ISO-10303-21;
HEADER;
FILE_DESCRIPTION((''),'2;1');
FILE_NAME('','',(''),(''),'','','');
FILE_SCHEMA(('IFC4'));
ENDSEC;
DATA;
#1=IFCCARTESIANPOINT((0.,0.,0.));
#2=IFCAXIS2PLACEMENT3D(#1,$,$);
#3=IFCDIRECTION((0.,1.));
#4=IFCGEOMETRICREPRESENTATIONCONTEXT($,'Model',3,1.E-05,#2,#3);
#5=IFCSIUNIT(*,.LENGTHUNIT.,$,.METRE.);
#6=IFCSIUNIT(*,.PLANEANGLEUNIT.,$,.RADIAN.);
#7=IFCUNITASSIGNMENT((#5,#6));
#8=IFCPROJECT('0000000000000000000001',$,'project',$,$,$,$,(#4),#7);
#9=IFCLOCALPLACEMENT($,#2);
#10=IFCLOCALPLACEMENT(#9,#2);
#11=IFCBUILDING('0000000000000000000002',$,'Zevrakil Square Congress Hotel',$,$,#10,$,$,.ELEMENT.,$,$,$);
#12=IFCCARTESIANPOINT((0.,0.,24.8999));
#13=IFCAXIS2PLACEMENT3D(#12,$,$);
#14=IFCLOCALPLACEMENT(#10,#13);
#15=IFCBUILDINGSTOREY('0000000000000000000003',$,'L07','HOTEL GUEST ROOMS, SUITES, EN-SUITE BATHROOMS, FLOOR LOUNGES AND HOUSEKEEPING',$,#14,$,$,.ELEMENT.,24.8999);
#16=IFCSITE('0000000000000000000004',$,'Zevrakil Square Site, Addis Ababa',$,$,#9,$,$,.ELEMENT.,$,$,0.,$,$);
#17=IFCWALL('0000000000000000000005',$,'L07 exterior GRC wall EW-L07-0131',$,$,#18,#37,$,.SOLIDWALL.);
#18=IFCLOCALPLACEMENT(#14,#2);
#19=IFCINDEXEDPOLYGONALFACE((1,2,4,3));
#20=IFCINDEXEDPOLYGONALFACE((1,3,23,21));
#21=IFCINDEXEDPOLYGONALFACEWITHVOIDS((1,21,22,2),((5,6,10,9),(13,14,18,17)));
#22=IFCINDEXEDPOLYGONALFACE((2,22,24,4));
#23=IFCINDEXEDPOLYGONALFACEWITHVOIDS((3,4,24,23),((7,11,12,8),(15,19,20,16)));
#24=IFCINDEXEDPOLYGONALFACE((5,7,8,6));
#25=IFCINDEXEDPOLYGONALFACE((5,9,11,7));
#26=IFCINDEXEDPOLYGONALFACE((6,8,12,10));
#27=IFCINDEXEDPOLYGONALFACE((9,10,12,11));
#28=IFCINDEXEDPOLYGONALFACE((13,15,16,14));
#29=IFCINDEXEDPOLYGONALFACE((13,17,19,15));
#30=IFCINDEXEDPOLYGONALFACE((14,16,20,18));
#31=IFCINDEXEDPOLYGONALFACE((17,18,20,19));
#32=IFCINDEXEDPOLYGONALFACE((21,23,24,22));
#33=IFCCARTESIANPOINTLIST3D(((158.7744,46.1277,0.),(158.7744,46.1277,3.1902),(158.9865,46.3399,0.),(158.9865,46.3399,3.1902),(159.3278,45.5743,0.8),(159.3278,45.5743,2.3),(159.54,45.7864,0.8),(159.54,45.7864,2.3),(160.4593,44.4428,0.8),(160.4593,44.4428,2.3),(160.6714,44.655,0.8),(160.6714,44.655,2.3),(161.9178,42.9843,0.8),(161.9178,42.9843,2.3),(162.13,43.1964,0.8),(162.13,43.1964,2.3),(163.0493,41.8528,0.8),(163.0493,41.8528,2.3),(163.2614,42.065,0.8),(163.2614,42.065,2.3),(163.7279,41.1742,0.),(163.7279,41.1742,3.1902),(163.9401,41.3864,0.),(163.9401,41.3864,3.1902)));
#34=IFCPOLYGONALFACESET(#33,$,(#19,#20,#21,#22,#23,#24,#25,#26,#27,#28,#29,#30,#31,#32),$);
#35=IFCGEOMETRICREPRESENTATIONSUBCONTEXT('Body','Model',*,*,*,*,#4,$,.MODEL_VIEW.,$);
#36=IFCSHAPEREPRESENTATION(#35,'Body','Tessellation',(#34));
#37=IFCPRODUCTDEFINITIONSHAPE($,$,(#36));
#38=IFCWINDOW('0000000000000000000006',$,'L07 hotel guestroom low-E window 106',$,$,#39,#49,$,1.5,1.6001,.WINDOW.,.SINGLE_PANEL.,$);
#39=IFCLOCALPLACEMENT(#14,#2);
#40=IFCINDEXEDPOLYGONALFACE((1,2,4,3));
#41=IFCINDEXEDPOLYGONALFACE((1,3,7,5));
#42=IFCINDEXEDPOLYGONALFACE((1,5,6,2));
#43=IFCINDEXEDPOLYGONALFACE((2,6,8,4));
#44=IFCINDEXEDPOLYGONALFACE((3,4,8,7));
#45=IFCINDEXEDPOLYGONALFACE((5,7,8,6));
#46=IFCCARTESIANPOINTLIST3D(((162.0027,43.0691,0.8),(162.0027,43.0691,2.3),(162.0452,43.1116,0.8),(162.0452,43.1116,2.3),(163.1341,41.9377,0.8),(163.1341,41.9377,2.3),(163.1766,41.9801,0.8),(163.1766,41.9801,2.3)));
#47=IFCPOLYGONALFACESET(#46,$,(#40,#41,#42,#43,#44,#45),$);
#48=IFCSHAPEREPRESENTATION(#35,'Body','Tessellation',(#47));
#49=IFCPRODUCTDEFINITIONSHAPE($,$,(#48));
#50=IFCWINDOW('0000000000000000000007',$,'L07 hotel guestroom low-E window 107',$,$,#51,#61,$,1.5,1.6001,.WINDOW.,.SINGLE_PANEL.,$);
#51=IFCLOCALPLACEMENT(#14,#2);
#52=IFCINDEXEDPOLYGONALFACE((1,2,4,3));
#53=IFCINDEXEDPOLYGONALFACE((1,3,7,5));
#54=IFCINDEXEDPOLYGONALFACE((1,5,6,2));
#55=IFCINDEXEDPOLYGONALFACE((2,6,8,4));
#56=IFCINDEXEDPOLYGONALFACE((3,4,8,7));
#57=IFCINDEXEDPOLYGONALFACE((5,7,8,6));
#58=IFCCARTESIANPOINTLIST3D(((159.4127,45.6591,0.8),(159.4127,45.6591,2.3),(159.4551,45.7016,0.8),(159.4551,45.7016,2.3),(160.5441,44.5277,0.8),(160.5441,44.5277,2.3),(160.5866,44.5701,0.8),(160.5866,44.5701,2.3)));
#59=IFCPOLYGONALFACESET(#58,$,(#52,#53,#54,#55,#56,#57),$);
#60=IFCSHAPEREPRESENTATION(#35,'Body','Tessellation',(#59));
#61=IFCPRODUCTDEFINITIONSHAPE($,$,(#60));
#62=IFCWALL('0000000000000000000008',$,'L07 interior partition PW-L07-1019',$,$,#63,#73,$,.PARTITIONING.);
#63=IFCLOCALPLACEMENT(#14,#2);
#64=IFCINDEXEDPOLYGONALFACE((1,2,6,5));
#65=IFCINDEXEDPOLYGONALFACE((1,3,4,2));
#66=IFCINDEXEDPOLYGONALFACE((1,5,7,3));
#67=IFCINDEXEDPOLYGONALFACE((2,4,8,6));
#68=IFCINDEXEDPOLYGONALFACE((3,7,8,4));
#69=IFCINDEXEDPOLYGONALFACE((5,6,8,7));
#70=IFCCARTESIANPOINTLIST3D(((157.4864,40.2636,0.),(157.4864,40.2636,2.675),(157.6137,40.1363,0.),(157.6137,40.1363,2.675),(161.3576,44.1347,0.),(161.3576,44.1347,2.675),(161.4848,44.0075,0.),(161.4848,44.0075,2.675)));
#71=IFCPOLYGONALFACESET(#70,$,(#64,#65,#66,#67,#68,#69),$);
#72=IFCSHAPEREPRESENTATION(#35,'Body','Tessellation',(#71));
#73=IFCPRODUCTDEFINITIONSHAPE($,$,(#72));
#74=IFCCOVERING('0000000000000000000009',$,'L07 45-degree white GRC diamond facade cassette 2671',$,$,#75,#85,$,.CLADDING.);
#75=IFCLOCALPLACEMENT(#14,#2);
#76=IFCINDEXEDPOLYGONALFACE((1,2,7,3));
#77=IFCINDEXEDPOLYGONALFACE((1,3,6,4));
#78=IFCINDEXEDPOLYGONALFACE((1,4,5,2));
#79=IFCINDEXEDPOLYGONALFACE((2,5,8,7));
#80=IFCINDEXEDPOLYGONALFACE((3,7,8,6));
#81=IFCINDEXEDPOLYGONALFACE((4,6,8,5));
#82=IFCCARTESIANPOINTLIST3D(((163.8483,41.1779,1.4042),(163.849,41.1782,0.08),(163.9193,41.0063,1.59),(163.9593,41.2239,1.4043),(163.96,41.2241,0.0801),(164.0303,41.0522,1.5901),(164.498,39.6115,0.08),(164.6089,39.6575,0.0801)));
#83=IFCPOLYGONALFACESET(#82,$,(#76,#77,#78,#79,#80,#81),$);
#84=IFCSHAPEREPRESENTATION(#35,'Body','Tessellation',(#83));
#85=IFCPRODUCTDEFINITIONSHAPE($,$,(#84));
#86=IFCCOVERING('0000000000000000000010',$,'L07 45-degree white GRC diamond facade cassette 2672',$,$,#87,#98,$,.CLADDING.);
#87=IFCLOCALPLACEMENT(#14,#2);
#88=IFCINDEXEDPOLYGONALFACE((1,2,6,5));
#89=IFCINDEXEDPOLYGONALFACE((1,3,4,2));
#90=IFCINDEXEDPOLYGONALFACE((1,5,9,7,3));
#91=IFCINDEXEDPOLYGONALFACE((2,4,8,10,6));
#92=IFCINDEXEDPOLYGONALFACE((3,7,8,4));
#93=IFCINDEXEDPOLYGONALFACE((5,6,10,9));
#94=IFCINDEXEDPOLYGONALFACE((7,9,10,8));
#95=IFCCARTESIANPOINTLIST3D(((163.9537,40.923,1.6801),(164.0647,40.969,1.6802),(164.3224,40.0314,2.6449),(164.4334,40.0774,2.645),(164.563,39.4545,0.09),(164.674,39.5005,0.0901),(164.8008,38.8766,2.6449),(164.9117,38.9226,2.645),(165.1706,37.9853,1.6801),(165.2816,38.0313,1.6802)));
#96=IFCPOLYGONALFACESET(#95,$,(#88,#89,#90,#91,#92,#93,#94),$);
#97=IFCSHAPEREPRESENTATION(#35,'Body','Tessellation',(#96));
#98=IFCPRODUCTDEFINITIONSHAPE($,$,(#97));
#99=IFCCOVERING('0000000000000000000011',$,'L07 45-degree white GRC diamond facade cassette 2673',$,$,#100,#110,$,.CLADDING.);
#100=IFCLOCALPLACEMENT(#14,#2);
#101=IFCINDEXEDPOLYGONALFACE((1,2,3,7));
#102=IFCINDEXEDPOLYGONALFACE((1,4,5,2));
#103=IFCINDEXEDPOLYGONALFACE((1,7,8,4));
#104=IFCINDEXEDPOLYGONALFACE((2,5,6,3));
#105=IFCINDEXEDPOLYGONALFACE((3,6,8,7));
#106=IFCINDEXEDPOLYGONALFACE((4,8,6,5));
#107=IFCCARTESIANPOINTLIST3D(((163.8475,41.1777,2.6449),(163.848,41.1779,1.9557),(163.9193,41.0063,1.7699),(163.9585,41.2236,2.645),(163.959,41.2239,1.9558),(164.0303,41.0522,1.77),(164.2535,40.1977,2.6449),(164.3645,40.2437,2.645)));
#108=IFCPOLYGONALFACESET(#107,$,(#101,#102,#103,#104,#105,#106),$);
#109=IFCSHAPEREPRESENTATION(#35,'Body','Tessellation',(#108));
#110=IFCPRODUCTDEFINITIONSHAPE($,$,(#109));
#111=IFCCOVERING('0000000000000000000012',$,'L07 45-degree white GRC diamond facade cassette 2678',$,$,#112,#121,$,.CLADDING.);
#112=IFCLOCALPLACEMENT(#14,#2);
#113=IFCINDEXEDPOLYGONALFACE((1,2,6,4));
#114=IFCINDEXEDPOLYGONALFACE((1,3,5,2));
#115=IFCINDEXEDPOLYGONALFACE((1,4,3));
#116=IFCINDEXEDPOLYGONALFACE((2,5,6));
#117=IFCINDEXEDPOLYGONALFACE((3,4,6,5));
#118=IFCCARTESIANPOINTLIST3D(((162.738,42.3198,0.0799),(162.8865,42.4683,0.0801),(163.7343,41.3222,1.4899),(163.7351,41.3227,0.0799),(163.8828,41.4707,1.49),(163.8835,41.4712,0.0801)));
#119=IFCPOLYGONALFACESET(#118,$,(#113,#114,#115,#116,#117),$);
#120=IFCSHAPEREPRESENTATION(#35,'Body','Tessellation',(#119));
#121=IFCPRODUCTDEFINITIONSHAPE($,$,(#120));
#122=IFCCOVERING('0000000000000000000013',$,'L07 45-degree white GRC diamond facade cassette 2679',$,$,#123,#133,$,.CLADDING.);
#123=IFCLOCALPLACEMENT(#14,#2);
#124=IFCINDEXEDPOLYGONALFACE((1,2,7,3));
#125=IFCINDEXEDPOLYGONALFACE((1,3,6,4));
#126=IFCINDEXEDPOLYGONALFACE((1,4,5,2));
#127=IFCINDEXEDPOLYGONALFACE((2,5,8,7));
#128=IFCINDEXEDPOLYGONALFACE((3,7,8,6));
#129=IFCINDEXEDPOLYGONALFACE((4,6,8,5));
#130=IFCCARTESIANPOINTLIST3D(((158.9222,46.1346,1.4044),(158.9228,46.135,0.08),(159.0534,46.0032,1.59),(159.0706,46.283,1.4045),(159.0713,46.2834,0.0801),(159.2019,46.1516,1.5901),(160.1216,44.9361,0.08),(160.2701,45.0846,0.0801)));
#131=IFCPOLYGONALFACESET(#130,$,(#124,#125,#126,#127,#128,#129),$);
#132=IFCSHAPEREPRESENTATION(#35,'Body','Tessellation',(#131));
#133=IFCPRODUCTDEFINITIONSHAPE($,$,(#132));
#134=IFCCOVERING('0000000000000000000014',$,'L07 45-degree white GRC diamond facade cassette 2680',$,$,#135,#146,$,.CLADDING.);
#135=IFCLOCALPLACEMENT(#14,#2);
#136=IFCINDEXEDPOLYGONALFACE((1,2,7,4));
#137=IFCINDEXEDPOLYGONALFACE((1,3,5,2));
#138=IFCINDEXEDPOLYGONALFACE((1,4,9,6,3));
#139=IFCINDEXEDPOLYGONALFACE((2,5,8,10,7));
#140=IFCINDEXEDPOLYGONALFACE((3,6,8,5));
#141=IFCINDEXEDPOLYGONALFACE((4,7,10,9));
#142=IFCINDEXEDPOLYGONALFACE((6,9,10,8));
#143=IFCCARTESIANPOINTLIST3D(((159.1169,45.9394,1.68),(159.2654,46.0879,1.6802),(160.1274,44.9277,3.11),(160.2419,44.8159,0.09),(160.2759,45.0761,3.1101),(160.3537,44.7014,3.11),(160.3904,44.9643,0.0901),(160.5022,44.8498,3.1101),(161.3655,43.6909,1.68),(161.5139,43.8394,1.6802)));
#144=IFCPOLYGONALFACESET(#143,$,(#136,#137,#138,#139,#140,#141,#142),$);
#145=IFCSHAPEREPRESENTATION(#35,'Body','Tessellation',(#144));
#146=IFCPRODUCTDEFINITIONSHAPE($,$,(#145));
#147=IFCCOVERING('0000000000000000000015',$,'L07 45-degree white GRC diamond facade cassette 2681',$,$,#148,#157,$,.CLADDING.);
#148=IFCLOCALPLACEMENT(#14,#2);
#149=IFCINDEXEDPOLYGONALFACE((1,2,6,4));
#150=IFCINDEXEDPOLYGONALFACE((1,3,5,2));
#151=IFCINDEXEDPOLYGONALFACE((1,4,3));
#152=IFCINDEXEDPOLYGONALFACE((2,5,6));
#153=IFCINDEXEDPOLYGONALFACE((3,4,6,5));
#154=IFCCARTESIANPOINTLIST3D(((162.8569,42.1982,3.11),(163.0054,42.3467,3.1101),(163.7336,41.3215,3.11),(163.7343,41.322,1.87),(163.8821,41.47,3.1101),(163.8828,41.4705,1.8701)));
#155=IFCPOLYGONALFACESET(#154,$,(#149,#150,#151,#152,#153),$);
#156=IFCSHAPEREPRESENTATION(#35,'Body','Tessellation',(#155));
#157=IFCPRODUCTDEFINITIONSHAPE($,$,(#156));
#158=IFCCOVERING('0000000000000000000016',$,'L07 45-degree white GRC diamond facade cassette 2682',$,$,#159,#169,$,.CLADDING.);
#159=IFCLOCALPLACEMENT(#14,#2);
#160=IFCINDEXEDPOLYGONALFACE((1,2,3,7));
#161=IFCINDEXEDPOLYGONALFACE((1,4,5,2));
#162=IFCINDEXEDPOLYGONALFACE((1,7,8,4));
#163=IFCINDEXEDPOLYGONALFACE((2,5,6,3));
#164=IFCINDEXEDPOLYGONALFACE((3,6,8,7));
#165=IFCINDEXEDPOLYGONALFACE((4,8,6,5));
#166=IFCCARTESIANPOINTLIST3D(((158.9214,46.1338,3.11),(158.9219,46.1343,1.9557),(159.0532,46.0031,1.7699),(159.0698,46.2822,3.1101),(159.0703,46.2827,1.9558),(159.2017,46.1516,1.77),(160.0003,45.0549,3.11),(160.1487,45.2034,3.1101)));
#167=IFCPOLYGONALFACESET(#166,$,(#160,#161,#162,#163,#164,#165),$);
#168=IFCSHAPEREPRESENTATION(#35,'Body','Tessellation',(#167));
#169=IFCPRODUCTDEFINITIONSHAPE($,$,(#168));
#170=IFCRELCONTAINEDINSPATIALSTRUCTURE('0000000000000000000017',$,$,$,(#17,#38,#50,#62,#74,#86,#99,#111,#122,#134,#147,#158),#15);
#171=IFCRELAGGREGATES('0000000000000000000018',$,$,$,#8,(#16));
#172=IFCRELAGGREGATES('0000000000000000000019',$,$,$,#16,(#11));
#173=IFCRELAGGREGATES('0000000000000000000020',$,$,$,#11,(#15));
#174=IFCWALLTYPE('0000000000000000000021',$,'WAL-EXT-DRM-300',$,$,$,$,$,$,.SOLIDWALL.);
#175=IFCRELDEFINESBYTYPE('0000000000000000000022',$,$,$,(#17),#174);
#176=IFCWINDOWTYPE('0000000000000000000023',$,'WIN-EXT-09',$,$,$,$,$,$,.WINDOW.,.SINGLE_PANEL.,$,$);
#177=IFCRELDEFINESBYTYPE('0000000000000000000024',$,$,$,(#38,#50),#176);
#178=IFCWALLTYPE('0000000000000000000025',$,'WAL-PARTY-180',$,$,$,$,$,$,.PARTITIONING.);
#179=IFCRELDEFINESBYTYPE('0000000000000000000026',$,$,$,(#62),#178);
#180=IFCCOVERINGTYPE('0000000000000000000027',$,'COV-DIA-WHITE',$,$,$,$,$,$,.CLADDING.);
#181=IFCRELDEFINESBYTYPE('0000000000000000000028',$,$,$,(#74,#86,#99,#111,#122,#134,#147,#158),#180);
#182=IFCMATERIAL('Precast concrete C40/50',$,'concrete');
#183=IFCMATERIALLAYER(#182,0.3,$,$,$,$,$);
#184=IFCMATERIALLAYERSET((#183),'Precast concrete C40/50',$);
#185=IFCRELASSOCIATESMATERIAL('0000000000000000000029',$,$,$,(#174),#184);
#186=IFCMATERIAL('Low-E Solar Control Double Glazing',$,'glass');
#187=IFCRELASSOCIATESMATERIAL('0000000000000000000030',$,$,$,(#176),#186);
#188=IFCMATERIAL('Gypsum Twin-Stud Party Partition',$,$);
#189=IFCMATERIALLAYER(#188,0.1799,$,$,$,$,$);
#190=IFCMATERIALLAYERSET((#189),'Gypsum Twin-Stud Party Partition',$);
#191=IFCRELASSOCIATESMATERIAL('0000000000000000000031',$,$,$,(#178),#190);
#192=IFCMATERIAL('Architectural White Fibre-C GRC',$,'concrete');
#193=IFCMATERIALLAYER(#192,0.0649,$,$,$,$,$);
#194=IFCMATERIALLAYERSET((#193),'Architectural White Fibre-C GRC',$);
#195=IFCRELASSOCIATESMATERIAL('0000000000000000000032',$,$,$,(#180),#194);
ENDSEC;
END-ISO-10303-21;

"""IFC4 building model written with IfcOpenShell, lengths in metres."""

from ifc_helpers import new_model, si_unit, direction, frame, frame_2d, origin, place, context, subcontext, project, spatial, polyline, rectangle, outline, extrude, material, layer, layer_set, type_object, element, fill, save


model = new_model("IFC4")

# Units and contexts
model_context = context("Model", 3, precision=1e-05, world=origin(), true_north=direction((0.0, 1.0)))
body_context = subcontext(model_context, "Body", "Model", "MODEL_VIEW")
ifc_project = project(units=[si_unit("LENGTHUNIT", "METRE"), si_unit("PLANEANGLEUNIT", "RADIAN")], contexts=[model_context])

# Site, building, storey
site_placement = place(None, origin())
site = spatial("IfcSite", under=ifc_project, at=site_placement, Name="Zevrakil Square Site, Addis Ababa", CompositionType="ELEMENT", RefElevation=0.0)
building_placement = place(site_placement, origin())
building = spatial("IfcBuilding", under=site, at=building_placement, Name="Zevrakil Square Congress Hotel", CompositionType="ELEMENT")
storey_placement = place(building_placement, frame((0.0, 0.0, 24.8999)))
storey = spatial("IfcBuildingStorey", under=building, at=storey_placement, Name="L07", Description="HOTEL GUEST ROOMS, SUITES, EN-SUITE BATHROOMS, FLOOR LOUNGES AND HOUSEKEEPING", CompositionType="ELEMENT", Elevation=24.8999)

# Wall, openings, windows
ifc_material_1 = material(Name="Precast concrete C40/50", Category="concrete")
ifc_layer_1 = layer(ifc_material_1, 0.3)
ifc_layer_set_1 = layer_set([ifc_layer_1], Name="Precast concrete C40/50")
wall_type_1 = type_object("IfcWallType", Name="WAL-EXT-DRM-300", PredefinedType="SOLIDWALL", material=ifc_layer_set_1)
wall_1_placement = place(storey_placement, frame((163.834, 41.2803, 0.0), z_axis=(0.0, 0.0, 1.0), x_axis=(-0.707107, 0.707107, 0.0)))
wall_1 = element("IfcWall", 1, at=wall_1_placement, inside=storey, type_object=wall_type_1, Name="L07 exterior GRC wall EW-L07-0131", PredefinedType="SOLIDWALL", context=body_context, shape_type="SweptSolid", body=[
    extrude(rectangle(XDim=7.0054, YDim=0.3, at=frame_2d((3.5027, 0.0))), origin(), (0.0, 0.0, 1.0), 3.1902),
])
opening_1_placement = place(wall_1_placement, frame((0.9597, 0.0, 0.8)))
opening_1 = element("IfcOpeningElement", 2, at=opening_1_placement, cuts=wall_1, PredefinedType="OPENING", context=body_context, shape_type="SweptSolid", body=[
    extrude(rectangle(XDim=1.6001, YDim=1.5, at=frame_2d((0.8, 0.75))), frame((0.0, 0.1602, 0.0), z_axis=(0.0, -1.0, 0.0), x_axis=(1.0, 0.0, 0.0)), (0.0, 0.0, 1.0), 0.3201),
])
opening_2_placement = place(wall_1_placement, frame((4.6226, 0.0, 0.8)))
opening_2 = element("IfcOpeningElement", 3, at=opening_2_placement, cuts=wall_1, PredefinedType="OPENING", context=body_context, shape_type="SweptSolid", body=[
    extrude(rectangle(XDim=1.6001, YDim=1.5, at=frame_2d((0.8, 0.75))), frame((0.0, 0.1602, 0.0), z_axis=(0.0, -1.0, 0.0), x_axis=(1.0, 0.0, 0.0)), (0.0, 0.0, 1.0), 0.3201),
])
ifc_material_2 = material(Name="Low-E Solar Control Double Glazing", Category="glass")
window_type = type_object("IfcWindowType", Name="WIN-EXT-09", PartitioningType="SINGLE_PANEL", PredefinedType="WINDOW", material=ifc_material_2)
window_1_placement = place(opening_1_placement, origin())
window_1 = element("IfcWindow", 4, at=window_1_placement, inside=storey, type_object=window_type, Name="L07 hotel guestroom low-E window 106", OverallHeight=1.5, OverallWidth=1.6001, PartitioningType="SINGLE_PANEL", PredefinedType="WINDOW", context=body_context, shape_type="SweptSolid", body=[
    extrude(rectangle(XDim=1.6001, YDim=1.5, at=frame_2d((0.8, 0.75))), frame((0.0, 0.03, 0.0), z_axis=(0.0, -1.0, 0.0), x_axis=(1.0, 0.0, 0.0)), (0.0, 0.0, 1.0), 0.0601),
])
fill(opening_1, window_1)
window_2_placement = place(opening_2_placement, origin())
window_2 = element("IfcWindow", 5, at=window_2_placement, inside=storey, type_object=window_type, Name="L07 hotel guestroom low-E window 107", OverallHeight=1.5, OverallWidth=1.6001, PartitioningType="SINGLE_PANEL", PredefinedType="WINDOW", context=body_context, shape_type="SweptSolid", body=[
    extrude(rectangle(XDim=1.6001, YDim=1.5, at=frame_2d((0.8, 0.75))), frame((0.0, 0.03, 0.0), z_axis=(0.0, -1.0, 0.0), x_axis=(1.0, 0.0, 0.0)), (0.0, 0.0, 1.0), 0.0601),
])
fill(opening_2, window_2)

# Wall
ifc_material_3 = material(Name="Gypsum Twin-Stud Party Partition")
ifc_layer_2 = layer(ifc_material_3, 0.1799)
ifc_layer_set_2 = layer_set([ifc_layer_2], Name="Gypsum Twin-Stud Party Partition")
wall_type_2 = type_object("IfcWallType", Name="WAL-PARTY-180", PredefinedType="PARTITIONING", material=ifc_layer_set_2)
wall_2_placement = place(storey_placement, frame((157.55, 40.2, 0.0), z_axis=(0.0, 0.0, 1.0), x_axis=(0.707107, 0.707107, 0.0)))
element("IfcWall", 6, at=wall_2_placement, inside=storey, type_object=wall_type_2, Name="L07 interior partition PW-L07-1019", PredefinedType="PARTITIONING", context=body_context, shape_type="SweptSolid", body=[
    extrude(rectangle(XDim=5.4746, YDim=0.1799, at=frame_2d((2.7373, 0.0))), origin(), (0.0, 0.0, 1.0), 2.675),
])

# Coverings
ifc_material_4 = material(Name="Architectural White Fibre-C GRC", Category="concrete")
ifc_layer_3 = layer(ifc_material_4, 0.0649)
ifc_layer_set_3 = layer_set([ifc_layer_3], Name="Architectural White Fibre-C GRC")
covering_type_1 = type_object("IfcCoveringType", Name="COV-DIA-WHITE", PredefinedType="CLADDING", material=ifc_layer_set_3)
covering_1_placement = place(storey_placement, frame((164.0303, 41.0522, 1.5901), z_axis=(0.923868, 0.382711, 0.000542), x_axis=(-0.270236, 0.653355, -0.707177)))
element("IfcCovering", 7, at=covering_1_placement, inside=storey, type_object=covering_type_1, Name="L07 45-degree white GRC diamond facade cassette 2671", PredefinedType="CLADDING", context=body_context, shape_type="SweptSolid", body=[
    extrude(outline(polyline([(0.0, 0.0), (0.2627, 0.0), (1.1991, -0.9363), (0.0002, -2.1355), (0.0, 0.0)])), origin(), (0.0, 0.0, -1.0), 0.1201),
])
covering_2_placement = place(storey_placement, frame((164.0647, 40.969, 1.6802), z_axis=(0.923878, 0.382687, 0.000592), x_axis=(0.270973, -0.653086, -0.707144)))
element("IfcCovering", 8, at=covering_2_placement, inside=storey, type_object=covering_type_1, Name="L07 45-degree white GRC diamond facade cassette 2672", PredefinedType="CLADDING", context=body_context, shape_type="SweptSolid", body=[
    extrude(outline(polyline([(0.0, 0.0), (2.2486, 0.0), (2.2483, -2.2486), (0.8837, -2.2484), (-0.0001, -1.3645), (0.0, 0.0)])), origin(), (0.0, 0.0, -1.0), 0.1201),
])
covering_3_placement = place(storey_placement, frame((164.0303, 41.0522, 1.77), z_axis=(0.923846, 0.382765, 0.000812), x_axis=(0.270117, -0.653458, 0.707128)))
element("IfcCovering", 9, at=covering_3_placement, inside=storey, type_object=covering_type_1, Name="L07 45-degree white GRC diamond facade cassette 2673", PredefinedType="CLADDING", context=body_context, shape_type="SweptSolid", body=[
    extrude(outline(polyline([(0.0, 0.0), (1.2374, 0.0), (0.4874, -0.7501), (0.0, -0.2628), (0.0, 0.0)])), origin(), (0.0, 0.0, -1.0), 0.1201),
])
covering_4_placement = place(storey_placement, frame((162.8865, 42.4683, 0.0801), z_axis=(0.707107, 0.707107, 0.000612), x_axis=(0.707107, -0.707107, 0.0)))
element("IfcCovering", 10, at=covering_4_placement, inside=storey, type_object=covering_type_1, Name="L07 45-degree white GRC diamond facade cassette 2678", PredefinedType="CLADDING", context=body_context, shape_type="SweptSolid", body=[
    extrude(outline(polyline([(0.0, 0.0), (1.4101, 0.0), (1.4099, -1.4099), (0.0, 0.0)])), origin(), (0.0, 0.0, -1.0), 0.21),
])
covering_5_placement = place(storey_placement, frame((159.2019, 46.1516, 1.5901), z_axis=(0.707132, 0.707081, 0.000567), x_axis=(-0.499977, 0.50058, -0.706713)))
element("IfcCovering", 11, at=covering_5_placement, inside=storey, type_object=covering_type_1, Name="L07 45-degree white GRC diamond facade cassette 2679", PredefinedType="CLADDING", context=body_context, shape_type="SweptSolid", body=[
    extrude(outline(polyline([(0.0, 0.0), (0.2625, 0.0), (1.1984, -0.9372), (-0.0011, -2.1354), (0.0, 0.0)])), origin(), (0.0, 0.0, -1.0), 0.21),
])
covering_6_placement = place(storey_placement, frame((159.2654, 46.0879, 1.6802), z_axis=(0.707107, 0.707107, 0.000628), x_axis=(0.500293, -0.499665, -0.707136)))
element("IfcCovering", 12, at=covering_6_placement, inside=storey, type_object=covering_type_1, Name="L07 45-degree white GRC diamond facade cassette 2680", PredefinedType="CLADDING", context=body_context, shape_type="SweptSolid", body=[
    extrude(outline(polyline([(0.0, 0.0), (2.2486, 0.0), (2.2484, -2.2486), (0.2262, -2.2486), (-0.0001, -2.0222), (0.0, 0.0)])), origin(), (0.0, 0.0, -1.0), 0.21),
])
covering_7_placement = place(storey_placement, frame((163.8828, 41.4705, 1.8701), z_axis=(0.707107, 0.707107, 0.000696), x_axis=(-0.000591, -0.000394, 1.0)))
element("IfcCovering", 13, at=covering_7_placement, inside=storey, type_object=covering_type_1, Name="L07 45-degree white GRC diamond facade cassette 2681", PredefinedType="CLADDING", context=body_context, shape_type="SweptSolid", body=[
    extrude(outline(polyline([(0.0, 0.0), (1.24, 0.0), (1.2402, -1.2399), (0.0, 0.0)])), origin(), (0.0, 0.0, -1.0), 0.21),
])
covering_8_placement = place(storey_placement, frame((159.2017, 46.1516, 1.77), z_axis=(0.707084, 0.707129, 0.00064), x_axis=(0.499708, -0.500316, 0.707089)))
element("IfcCovering", 14, at=covering_8_placement, inside=storey, type_object=covering_type_1, Name="L07 45-degree white GRC diamond facade cassette 2682", PredefinedType="CLADDING", context=body_context, shape_type="SweptSolid", body=[
    extrude(outline(polyline([(0.0, 0.0), (1.8952, 0.0), (0.8163, -1.0788), (0.0001, -0.2626), (0.0, 0.0)])), origin(), (0.0, 0.0, -1.0), 0.21),
])

save(model, "model.ifc")
